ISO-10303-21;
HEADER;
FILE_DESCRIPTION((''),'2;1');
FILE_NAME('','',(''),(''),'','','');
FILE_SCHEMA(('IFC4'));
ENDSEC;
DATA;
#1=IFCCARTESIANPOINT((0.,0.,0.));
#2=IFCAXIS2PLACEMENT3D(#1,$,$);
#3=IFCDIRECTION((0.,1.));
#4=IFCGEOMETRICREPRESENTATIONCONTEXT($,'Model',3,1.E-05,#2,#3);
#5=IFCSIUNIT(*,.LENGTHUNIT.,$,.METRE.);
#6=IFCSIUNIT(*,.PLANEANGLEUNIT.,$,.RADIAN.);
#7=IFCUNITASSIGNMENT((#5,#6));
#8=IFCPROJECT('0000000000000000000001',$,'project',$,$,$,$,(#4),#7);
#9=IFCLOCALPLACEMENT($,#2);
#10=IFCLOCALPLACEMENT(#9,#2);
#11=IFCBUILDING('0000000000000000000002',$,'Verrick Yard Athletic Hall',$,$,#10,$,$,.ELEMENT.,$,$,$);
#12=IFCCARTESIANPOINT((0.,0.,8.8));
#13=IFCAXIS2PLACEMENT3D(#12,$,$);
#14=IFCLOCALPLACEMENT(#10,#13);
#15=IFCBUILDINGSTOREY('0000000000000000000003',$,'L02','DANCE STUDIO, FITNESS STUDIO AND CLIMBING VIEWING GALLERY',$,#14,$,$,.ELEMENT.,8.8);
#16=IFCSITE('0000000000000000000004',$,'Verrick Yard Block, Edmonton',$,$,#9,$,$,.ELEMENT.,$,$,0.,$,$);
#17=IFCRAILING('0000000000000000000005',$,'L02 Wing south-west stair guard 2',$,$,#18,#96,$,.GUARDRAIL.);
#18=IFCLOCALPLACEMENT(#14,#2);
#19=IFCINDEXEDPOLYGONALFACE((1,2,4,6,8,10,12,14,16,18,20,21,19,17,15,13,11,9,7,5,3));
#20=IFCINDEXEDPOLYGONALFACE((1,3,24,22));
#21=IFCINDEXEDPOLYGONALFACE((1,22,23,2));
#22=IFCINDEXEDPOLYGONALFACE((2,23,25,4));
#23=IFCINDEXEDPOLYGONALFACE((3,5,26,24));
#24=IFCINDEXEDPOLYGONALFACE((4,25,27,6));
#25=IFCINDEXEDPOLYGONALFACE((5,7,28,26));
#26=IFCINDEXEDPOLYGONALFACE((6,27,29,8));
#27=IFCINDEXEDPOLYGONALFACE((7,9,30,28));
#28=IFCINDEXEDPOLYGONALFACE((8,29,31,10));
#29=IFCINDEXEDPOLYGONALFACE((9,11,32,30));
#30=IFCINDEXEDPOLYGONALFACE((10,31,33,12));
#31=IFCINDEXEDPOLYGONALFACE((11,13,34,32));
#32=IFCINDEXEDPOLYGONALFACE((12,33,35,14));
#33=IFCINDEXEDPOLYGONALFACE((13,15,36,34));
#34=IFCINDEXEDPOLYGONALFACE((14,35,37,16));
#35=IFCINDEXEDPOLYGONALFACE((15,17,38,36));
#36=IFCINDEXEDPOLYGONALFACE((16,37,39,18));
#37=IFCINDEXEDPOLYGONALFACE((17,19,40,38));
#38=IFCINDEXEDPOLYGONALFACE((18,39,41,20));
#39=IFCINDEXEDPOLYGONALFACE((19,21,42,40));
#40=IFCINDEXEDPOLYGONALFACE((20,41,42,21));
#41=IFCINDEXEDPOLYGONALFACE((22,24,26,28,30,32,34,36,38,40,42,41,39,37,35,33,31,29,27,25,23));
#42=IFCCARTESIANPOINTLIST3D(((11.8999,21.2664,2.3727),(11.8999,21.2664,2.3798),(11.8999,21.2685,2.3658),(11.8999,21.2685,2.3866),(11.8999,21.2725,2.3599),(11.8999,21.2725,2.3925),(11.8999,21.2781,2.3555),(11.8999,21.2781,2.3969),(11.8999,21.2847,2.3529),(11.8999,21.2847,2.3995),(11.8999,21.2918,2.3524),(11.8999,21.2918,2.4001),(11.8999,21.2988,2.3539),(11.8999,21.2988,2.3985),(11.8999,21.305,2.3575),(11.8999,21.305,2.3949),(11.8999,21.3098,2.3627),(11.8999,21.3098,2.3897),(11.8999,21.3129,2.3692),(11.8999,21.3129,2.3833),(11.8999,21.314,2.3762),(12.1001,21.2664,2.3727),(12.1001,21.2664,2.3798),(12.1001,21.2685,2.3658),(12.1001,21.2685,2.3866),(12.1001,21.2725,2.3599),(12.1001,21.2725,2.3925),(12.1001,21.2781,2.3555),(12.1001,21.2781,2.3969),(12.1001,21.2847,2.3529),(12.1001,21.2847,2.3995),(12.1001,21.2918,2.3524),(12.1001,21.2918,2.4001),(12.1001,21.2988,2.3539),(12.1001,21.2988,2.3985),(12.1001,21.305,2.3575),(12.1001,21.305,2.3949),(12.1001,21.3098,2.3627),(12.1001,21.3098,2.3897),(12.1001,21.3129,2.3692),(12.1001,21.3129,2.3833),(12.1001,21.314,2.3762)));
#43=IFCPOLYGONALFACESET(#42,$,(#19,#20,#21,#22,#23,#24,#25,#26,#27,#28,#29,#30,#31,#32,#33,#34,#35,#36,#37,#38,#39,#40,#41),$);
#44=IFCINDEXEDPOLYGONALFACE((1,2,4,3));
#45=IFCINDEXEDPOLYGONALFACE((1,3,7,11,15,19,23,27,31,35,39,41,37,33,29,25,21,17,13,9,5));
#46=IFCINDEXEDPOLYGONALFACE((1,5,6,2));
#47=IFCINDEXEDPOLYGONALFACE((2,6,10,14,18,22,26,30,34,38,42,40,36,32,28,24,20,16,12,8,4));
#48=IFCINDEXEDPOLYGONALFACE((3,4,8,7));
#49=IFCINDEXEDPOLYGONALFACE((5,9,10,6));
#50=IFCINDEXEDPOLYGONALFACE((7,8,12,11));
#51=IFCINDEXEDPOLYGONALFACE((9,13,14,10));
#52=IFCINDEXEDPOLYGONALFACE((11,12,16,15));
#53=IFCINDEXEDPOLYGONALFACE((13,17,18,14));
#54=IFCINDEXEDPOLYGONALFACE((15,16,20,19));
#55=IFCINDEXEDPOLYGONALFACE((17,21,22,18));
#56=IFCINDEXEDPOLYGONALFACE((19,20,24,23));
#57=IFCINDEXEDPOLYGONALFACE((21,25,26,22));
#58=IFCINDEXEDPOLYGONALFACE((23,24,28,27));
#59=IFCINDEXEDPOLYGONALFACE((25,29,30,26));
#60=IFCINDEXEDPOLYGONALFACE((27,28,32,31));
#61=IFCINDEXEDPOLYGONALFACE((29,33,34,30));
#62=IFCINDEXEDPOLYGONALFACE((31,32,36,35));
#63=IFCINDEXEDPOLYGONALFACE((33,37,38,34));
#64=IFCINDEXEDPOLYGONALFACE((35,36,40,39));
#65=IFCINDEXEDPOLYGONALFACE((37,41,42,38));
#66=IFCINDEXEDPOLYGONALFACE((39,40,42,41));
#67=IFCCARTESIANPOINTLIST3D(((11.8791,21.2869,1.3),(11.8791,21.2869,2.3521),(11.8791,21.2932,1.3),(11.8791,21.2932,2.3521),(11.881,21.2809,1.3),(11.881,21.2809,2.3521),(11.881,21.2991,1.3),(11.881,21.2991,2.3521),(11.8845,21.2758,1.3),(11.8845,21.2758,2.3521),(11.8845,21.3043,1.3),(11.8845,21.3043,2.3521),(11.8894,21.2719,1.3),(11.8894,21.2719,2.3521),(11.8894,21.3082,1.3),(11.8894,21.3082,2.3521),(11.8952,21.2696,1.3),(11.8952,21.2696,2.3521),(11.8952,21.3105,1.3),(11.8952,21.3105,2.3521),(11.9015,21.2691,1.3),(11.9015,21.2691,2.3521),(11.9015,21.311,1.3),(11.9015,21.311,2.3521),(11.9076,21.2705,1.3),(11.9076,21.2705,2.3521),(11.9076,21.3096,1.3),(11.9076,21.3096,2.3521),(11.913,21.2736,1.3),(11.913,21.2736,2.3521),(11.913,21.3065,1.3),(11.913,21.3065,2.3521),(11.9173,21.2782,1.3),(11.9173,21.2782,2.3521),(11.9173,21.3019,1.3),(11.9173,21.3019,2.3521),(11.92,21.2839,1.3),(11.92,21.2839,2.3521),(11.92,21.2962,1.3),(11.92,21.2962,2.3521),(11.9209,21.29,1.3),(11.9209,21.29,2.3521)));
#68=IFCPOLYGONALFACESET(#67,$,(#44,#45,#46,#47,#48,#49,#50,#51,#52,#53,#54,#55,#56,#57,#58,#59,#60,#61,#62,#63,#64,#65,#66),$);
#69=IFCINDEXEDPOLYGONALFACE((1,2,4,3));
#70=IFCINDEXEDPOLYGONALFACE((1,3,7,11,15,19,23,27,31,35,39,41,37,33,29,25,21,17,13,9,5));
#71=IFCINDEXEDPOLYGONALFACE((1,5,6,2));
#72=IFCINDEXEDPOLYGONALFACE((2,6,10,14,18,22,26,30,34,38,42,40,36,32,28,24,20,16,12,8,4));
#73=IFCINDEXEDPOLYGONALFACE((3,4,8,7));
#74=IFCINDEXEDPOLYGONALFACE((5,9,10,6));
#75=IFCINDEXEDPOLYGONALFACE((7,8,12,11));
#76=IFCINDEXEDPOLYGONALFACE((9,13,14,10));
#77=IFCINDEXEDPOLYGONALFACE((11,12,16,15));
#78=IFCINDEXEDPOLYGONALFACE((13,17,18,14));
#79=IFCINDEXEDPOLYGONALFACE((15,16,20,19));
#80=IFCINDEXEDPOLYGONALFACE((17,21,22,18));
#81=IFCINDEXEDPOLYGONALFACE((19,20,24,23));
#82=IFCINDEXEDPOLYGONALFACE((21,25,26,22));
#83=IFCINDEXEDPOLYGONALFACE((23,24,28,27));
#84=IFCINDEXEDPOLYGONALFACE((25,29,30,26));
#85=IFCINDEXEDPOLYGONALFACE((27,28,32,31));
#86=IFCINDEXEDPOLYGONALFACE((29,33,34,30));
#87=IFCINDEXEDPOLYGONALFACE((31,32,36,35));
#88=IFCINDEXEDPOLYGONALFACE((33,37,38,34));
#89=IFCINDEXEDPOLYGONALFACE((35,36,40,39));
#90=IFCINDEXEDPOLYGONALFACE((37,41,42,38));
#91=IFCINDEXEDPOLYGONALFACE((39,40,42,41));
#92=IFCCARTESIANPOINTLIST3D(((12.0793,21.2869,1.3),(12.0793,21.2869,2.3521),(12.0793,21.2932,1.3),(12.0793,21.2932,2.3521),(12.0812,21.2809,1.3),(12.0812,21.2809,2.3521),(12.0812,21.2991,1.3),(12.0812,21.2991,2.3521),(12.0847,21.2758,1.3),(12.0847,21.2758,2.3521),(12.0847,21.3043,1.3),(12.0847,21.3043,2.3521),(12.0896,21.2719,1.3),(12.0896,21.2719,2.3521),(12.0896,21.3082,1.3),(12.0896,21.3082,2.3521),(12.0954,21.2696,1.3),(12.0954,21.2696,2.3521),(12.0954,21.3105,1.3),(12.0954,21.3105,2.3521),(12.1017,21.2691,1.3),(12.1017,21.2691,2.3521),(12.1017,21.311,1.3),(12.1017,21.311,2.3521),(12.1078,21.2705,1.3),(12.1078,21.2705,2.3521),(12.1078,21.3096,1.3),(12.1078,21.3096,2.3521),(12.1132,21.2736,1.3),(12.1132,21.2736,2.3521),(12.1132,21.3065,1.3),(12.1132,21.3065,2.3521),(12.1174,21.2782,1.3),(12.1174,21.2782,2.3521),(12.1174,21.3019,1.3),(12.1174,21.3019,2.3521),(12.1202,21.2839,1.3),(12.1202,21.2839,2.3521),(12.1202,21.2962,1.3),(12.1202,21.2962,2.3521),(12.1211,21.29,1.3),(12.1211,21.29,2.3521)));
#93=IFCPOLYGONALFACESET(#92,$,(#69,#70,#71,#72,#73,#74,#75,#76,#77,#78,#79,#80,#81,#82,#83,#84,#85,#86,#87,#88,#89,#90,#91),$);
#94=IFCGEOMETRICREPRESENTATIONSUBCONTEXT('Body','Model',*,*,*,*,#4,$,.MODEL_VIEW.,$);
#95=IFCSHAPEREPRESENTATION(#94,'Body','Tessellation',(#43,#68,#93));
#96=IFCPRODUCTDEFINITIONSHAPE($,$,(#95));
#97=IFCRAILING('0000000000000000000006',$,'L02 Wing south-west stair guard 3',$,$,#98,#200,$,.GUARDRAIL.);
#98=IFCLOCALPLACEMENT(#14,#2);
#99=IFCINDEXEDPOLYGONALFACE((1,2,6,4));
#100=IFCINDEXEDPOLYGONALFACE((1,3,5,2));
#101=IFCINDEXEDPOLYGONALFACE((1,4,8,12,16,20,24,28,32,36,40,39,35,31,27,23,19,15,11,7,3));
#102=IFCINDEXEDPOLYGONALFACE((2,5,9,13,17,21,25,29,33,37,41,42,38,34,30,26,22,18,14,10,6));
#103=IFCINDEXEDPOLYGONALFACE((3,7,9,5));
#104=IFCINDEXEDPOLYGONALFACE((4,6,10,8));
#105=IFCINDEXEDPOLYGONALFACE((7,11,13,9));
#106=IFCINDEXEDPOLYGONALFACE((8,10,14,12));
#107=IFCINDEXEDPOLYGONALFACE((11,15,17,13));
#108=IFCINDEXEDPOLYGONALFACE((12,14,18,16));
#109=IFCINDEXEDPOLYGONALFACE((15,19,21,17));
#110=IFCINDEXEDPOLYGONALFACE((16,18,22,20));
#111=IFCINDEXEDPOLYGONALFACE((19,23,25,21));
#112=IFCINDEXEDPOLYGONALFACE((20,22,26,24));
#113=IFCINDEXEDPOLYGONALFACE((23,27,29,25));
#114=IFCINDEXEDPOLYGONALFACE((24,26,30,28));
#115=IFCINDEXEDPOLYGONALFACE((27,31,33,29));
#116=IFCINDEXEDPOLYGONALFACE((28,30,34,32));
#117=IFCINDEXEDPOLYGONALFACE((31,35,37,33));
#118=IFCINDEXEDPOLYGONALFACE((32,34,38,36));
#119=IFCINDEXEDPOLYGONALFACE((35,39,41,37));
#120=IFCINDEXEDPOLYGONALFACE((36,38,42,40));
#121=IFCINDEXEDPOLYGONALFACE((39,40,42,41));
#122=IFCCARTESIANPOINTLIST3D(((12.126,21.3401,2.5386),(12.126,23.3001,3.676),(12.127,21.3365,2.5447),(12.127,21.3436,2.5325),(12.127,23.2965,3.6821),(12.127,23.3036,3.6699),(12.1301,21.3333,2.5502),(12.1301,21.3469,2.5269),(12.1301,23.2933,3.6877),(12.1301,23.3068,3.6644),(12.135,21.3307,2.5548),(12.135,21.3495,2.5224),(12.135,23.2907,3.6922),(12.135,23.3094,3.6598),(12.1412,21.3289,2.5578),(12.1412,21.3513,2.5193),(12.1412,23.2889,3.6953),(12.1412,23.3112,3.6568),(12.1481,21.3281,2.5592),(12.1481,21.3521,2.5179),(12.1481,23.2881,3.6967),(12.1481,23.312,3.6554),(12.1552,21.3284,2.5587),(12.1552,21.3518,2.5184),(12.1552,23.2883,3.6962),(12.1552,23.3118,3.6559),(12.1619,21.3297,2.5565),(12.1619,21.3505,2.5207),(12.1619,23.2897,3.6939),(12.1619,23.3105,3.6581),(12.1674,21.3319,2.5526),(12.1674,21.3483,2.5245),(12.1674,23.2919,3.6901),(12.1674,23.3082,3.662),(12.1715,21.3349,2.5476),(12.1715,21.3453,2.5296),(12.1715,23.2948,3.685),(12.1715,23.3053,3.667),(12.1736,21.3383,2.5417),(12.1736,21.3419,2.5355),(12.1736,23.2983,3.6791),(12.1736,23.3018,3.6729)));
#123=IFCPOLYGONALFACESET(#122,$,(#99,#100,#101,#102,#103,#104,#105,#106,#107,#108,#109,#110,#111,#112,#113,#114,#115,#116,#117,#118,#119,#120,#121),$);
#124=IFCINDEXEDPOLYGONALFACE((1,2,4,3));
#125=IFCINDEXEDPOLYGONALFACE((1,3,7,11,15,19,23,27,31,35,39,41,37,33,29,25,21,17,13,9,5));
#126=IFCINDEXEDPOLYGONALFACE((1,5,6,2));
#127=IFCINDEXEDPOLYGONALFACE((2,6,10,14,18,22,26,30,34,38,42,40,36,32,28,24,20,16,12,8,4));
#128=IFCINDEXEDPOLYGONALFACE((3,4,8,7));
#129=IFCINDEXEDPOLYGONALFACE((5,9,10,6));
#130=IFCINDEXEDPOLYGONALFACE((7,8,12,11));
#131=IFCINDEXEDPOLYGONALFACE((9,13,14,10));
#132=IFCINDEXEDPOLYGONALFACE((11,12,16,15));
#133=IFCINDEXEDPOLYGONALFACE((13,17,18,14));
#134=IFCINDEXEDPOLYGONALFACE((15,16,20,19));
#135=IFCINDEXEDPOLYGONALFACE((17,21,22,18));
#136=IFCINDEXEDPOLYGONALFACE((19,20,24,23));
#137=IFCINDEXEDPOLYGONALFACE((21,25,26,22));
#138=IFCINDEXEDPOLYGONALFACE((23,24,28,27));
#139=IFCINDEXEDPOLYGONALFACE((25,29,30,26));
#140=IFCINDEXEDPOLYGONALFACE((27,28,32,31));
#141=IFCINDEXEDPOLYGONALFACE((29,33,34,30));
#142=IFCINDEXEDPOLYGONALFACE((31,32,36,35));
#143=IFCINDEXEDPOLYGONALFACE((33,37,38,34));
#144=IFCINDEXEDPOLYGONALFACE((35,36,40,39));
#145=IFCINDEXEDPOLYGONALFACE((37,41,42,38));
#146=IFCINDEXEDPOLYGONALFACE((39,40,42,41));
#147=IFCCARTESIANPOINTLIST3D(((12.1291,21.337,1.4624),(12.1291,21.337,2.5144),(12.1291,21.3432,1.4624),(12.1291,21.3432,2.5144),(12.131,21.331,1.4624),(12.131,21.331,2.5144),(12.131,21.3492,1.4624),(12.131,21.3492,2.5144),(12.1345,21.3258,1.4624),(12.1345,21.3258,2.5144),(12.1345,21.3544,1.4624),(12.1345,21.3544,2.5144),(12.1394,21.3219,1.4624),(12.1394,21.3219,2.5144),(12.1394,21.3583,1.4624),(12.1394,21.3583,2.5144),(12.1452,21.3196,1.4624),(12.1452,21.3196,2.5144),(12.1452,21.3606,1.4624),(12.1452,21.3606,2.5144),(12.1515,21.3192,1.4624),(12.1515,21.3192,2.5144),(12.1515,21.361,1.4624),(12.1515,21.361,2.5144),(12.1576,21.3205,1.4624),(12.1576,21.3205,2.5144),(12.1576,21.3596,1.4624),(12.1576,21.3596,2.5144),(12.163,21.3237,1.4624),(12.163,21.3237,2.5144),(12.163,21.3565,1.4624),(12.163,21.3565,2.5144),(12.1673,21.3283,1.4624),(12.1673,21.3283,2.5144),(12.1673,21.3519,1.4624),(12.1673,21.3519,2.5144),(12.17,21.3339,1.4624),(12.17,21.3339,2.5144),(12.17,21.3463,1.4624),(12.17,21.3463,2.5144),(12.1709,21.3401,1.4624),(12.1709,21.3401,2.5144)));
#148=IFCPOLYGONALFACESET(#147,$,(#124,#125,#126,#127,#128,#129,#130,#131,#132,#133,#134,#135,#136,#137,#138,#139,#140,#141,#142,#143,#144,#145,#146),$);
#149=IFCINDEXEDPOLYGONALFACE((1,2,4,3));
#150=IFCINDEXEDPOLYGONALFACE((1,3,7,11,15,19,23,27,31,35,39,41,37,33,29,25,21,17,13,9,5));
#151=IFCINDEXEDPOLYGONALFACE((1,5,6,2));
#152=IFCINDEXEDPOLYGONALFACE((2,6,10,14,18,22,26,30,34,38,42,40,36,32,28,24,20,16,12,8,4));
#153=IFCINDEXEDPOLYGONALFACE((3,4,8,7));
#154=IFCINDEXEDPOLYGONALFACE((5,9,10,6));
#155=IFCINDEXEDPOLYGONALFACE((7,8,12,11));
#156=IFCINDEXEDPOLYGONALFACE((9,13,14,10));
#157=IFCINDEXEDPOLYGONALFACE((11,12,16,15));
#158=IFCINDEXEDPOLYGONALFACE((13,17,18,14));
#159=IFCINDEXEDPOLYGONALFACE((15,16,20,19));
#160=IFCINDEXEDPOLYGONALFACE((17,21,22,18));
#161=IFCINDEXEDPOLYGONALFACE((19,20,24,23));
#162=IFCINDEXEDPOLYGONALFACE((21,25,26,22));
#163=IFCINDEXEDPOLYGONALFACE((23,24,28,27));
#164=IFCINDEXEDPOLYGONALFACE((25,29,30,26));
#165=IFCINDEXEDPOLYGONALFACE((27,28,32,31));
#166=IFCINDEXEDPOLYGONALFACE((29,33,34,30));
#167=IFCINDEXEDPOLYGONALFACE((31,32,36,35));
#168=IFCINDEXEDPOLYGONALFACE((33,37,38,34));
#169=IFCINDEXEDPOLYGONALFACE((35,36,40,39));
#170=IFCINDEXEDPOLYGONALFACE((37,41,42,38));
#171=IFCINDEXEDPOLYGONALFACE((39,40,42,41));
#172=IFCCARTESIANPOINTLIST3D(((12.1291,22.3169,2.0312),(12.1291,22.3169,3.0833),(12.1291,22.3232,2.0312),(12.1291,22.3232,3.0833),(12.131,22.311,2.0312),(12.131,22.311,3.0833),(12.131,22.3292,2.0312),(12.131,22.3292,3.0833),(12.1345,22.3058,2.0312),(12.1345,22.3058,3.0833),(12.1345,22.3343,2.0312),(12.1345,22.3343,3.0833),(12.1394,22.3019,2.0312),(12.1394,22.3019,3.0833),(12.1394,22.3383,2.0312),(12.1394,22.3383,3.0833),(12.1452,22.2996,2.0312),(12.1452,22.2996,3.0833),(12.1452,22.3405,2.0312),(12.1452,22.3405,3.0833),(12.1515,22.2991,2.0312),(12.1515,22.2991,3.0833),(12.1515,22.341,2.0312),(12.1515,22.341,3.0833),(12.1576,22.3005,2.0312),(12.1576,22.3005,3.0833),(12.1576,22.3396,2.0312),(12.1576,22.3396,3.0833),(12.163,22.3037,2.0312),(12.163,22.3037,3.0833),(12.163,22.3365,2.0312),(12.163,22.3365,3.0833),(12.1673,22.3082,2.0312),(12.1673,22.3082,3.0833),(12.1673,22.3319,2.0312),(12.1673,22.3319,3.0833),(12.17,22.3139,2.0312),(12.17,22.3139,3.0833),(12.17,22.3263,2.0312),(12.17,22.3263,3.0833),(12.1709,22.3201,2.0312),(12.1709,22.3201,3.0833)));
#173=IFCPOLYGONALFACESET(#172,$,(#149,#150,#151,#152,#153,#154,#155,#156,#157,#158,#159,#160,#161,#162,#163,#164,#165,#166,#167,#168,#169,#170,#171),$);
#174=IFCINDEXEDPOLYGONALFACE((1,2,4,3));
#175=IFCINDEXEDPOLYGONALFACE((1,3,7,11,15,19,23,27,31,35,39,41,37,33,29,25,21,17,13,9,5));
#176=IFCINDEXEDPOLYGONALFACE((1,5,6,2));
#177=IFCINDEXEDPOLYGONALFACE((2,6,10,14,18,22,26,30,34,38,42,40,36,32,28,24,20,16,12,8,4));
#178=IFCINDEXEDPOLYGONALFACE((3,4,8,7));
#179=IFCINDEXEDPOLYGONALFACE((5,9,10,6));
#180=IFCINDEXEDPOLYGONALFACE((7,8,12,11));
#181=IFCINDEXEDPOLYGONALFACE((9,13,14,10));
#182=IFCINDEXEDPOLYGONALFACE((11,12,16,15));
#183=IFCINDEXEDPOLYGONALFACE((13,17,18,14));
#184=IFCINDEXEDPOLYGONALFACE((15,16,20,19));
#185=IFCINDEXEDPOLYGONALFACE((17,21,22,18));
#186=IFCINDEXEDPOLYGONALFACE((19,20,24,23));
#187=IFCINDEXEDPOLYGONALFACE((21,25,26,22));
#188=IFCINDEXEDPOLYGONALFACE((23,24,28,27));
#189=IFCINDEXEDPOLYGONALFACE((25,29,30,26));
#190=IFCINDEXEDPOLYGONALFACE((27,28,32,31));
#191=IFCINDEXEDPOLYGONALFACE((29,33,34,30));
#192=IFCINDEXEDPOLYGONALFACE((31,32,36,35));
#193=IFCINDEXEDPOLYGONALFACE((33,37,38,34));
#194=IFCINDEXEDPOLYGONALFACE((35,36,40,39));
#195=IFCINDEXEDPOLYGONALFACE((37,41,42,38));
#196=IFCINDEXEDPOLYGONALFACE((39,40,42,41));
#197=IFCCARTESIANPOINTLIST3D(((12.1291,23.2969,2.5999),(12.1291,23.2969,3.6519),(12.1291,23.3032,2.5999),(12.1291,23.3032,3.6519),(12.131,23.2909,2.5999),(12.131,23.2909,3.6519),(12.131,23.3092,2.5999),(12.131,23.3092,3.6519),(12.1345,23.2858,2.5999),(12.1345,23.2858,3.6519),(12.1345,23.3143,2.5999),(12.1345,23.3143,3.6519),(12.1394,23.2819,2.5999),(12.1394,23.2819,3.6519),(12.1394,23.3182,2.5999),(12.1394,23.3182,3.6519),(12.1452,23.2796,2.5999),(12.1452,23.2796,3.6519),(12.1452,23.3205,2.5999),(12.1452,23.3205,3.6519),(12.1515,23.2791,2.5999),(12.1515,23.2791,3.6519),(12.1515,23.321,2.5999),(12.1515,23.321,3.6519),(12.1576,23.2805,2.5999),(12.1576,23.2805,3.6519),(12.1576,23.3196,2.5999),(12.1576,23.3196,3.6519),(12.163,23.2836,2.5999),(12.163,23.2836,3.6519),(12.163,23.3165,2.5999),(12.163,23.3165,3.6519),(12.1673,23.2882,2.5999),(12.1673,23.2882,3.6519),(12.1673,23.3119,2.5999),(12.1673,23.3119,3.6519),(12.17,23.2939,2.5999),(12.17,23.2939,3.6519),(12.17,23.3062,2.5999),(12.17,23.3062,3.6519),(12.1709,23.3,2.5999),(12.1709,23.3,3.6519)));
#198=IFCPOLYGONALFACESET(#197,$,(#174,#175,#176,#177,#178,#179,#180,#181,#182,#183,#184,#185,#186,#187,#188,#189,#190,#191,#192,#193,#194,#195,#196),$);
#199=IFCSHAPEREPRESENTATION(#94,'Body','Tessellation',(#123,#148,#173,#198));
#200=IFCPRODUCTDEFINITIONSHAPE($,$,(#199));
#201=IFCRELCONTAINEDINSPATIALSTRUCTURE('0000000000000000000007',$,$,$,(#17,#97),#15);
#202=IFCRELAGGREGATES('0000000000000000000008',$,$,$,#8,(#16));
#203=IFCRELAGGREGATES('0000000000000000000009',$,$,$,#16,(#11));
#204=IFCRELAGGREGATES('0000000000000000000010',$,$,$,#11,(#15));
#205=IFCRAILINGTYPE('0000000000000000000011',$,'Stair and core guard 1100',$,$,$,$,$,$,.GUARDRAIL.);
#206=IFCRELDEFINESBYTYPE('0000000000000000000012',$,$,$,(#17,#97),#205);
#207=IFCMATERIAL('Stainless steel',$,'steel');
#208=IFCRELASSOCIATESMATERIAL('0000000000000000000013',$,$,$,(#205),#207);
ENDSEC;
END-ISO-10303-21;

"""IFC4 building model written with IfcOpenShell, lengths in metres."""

from ifc_helpers import new_model, si_unit, direction, frame, origin, origin_2d, place, context, subcontext, project, spatial, circle, extrude, material, type_object, element, save


model = new_model("IFC4")

# Units and contexts
model_context = context("Model", 3, precision=1e-05, world=origin(), true_north=direction((0.0, 1.0)))
body_context = subcontext(model_context, "Body", "Model", "MODEL_VIEW")
ifc_project = project(units=[si_unit("LENGTHUNIT", "METRE"), si_unit("PLANEANGLEUNIT", "RADIAN")], contexts=[model_context])

# Site, building, storey
site_placement = place(None, origin())
site = spatial("IfcSite", under=ifc_project, at=site_placement, Name="Verrick Yard Block, Edmonton", CompositionType="ELEMENT", RefElevation=0.0)
building_placement = place(site_placement, origin())
building = spatial("IfcBuilding", under=site, at=building_placement, Name="Verrick Yard Athletic Hall", CompositionType="ELEMENT")
storey_placement = place(building_placement, frame((0.0, 0.0, 8.8)))
storey = spatial("IfcBuildingStorey", under=building, at=storey_placement, Name="L02", Description="DANCE STUDIO, FITNESS STUDIO AND CLIMBING VIEWING GALLERY", CompositionType="ELEMENT", Elevation=8.8)

# Railings
ifc_material_1 = material(Name="Stainless steel", Category="steel")
railing_type_1 = type_object("IfcRailingType", Name="Stair and core guard 1100", PredefinedType="GUARDRAIL", material=ifc_material_1)
railing_1_placement = place(storey_placement, frame((11.8999, 21.29, 1.3)))
element("IfcRailing", 1, at=railing_1_placement, inside=storey, type_object=railing_type_1, Name="L02 Wing south-west stair guard 2", PredefinedType="GUARDRAIL", context=body_context, shape_type="SweptSolid", body=[
    extrude(circle(Radius=0.0239, at=origin_2d()), frame((0.0, 0.0, 1.0762), z_axis=(1.0, 0.0, 0.0), x_axis=(0.0, 1.0, 0.0)), (0.0, 0.0, 1.0), 0.2002),
    extrude(circle(Radius=0.021, at=origin_2d()), origin(), (0.0, 0.0, 1.0), 1.052),
    extrude(circle(Radius=0.021, at=origin_2d()), frame((0.2002, 0.0, 0.0)), (0.0, 0.0, 1.0), 1.052),
])
railing_2_placement = place(storey_placement, frame((12.1499, 21.3401, 1.4624)))
element("IfcRailing", 2, at=railing_2_placement, inside=storey, type_object=railing_type_1, Name="L02 Wing south-west stair guard 3", PredefinedType="GUARDRAIL", context=body_context, shape_type="SweptSolid", body=[
    extrude(circle(Radius=0.0239, at=origin_2d()), frame((0.0, 0.0, 1.0762), z_axis=(0.0, 0.864902, 0.501941), x_axis=(-1.0, 0.0, 0.0)), (0.0, 0.0, 1.0), 2.2661),
    extrude(circle(Radius=0.021, at=origin_2d()), origin(), (0.0, 0.0, 1.0), 1.052),
    extrude(circle(Radius=0.021, at=origin_2d()), frame((0.0, 0.98, 0.5688)), (0.0, 0.0, 1.0), 1.052),
    extrude(circle(Radius=0.021, at=origin_2d()), frame((0.0, 1.96, 1.1375)), (0.0, 0.0, 1.0), 1.052),
])

save(model, "model.ifc")
